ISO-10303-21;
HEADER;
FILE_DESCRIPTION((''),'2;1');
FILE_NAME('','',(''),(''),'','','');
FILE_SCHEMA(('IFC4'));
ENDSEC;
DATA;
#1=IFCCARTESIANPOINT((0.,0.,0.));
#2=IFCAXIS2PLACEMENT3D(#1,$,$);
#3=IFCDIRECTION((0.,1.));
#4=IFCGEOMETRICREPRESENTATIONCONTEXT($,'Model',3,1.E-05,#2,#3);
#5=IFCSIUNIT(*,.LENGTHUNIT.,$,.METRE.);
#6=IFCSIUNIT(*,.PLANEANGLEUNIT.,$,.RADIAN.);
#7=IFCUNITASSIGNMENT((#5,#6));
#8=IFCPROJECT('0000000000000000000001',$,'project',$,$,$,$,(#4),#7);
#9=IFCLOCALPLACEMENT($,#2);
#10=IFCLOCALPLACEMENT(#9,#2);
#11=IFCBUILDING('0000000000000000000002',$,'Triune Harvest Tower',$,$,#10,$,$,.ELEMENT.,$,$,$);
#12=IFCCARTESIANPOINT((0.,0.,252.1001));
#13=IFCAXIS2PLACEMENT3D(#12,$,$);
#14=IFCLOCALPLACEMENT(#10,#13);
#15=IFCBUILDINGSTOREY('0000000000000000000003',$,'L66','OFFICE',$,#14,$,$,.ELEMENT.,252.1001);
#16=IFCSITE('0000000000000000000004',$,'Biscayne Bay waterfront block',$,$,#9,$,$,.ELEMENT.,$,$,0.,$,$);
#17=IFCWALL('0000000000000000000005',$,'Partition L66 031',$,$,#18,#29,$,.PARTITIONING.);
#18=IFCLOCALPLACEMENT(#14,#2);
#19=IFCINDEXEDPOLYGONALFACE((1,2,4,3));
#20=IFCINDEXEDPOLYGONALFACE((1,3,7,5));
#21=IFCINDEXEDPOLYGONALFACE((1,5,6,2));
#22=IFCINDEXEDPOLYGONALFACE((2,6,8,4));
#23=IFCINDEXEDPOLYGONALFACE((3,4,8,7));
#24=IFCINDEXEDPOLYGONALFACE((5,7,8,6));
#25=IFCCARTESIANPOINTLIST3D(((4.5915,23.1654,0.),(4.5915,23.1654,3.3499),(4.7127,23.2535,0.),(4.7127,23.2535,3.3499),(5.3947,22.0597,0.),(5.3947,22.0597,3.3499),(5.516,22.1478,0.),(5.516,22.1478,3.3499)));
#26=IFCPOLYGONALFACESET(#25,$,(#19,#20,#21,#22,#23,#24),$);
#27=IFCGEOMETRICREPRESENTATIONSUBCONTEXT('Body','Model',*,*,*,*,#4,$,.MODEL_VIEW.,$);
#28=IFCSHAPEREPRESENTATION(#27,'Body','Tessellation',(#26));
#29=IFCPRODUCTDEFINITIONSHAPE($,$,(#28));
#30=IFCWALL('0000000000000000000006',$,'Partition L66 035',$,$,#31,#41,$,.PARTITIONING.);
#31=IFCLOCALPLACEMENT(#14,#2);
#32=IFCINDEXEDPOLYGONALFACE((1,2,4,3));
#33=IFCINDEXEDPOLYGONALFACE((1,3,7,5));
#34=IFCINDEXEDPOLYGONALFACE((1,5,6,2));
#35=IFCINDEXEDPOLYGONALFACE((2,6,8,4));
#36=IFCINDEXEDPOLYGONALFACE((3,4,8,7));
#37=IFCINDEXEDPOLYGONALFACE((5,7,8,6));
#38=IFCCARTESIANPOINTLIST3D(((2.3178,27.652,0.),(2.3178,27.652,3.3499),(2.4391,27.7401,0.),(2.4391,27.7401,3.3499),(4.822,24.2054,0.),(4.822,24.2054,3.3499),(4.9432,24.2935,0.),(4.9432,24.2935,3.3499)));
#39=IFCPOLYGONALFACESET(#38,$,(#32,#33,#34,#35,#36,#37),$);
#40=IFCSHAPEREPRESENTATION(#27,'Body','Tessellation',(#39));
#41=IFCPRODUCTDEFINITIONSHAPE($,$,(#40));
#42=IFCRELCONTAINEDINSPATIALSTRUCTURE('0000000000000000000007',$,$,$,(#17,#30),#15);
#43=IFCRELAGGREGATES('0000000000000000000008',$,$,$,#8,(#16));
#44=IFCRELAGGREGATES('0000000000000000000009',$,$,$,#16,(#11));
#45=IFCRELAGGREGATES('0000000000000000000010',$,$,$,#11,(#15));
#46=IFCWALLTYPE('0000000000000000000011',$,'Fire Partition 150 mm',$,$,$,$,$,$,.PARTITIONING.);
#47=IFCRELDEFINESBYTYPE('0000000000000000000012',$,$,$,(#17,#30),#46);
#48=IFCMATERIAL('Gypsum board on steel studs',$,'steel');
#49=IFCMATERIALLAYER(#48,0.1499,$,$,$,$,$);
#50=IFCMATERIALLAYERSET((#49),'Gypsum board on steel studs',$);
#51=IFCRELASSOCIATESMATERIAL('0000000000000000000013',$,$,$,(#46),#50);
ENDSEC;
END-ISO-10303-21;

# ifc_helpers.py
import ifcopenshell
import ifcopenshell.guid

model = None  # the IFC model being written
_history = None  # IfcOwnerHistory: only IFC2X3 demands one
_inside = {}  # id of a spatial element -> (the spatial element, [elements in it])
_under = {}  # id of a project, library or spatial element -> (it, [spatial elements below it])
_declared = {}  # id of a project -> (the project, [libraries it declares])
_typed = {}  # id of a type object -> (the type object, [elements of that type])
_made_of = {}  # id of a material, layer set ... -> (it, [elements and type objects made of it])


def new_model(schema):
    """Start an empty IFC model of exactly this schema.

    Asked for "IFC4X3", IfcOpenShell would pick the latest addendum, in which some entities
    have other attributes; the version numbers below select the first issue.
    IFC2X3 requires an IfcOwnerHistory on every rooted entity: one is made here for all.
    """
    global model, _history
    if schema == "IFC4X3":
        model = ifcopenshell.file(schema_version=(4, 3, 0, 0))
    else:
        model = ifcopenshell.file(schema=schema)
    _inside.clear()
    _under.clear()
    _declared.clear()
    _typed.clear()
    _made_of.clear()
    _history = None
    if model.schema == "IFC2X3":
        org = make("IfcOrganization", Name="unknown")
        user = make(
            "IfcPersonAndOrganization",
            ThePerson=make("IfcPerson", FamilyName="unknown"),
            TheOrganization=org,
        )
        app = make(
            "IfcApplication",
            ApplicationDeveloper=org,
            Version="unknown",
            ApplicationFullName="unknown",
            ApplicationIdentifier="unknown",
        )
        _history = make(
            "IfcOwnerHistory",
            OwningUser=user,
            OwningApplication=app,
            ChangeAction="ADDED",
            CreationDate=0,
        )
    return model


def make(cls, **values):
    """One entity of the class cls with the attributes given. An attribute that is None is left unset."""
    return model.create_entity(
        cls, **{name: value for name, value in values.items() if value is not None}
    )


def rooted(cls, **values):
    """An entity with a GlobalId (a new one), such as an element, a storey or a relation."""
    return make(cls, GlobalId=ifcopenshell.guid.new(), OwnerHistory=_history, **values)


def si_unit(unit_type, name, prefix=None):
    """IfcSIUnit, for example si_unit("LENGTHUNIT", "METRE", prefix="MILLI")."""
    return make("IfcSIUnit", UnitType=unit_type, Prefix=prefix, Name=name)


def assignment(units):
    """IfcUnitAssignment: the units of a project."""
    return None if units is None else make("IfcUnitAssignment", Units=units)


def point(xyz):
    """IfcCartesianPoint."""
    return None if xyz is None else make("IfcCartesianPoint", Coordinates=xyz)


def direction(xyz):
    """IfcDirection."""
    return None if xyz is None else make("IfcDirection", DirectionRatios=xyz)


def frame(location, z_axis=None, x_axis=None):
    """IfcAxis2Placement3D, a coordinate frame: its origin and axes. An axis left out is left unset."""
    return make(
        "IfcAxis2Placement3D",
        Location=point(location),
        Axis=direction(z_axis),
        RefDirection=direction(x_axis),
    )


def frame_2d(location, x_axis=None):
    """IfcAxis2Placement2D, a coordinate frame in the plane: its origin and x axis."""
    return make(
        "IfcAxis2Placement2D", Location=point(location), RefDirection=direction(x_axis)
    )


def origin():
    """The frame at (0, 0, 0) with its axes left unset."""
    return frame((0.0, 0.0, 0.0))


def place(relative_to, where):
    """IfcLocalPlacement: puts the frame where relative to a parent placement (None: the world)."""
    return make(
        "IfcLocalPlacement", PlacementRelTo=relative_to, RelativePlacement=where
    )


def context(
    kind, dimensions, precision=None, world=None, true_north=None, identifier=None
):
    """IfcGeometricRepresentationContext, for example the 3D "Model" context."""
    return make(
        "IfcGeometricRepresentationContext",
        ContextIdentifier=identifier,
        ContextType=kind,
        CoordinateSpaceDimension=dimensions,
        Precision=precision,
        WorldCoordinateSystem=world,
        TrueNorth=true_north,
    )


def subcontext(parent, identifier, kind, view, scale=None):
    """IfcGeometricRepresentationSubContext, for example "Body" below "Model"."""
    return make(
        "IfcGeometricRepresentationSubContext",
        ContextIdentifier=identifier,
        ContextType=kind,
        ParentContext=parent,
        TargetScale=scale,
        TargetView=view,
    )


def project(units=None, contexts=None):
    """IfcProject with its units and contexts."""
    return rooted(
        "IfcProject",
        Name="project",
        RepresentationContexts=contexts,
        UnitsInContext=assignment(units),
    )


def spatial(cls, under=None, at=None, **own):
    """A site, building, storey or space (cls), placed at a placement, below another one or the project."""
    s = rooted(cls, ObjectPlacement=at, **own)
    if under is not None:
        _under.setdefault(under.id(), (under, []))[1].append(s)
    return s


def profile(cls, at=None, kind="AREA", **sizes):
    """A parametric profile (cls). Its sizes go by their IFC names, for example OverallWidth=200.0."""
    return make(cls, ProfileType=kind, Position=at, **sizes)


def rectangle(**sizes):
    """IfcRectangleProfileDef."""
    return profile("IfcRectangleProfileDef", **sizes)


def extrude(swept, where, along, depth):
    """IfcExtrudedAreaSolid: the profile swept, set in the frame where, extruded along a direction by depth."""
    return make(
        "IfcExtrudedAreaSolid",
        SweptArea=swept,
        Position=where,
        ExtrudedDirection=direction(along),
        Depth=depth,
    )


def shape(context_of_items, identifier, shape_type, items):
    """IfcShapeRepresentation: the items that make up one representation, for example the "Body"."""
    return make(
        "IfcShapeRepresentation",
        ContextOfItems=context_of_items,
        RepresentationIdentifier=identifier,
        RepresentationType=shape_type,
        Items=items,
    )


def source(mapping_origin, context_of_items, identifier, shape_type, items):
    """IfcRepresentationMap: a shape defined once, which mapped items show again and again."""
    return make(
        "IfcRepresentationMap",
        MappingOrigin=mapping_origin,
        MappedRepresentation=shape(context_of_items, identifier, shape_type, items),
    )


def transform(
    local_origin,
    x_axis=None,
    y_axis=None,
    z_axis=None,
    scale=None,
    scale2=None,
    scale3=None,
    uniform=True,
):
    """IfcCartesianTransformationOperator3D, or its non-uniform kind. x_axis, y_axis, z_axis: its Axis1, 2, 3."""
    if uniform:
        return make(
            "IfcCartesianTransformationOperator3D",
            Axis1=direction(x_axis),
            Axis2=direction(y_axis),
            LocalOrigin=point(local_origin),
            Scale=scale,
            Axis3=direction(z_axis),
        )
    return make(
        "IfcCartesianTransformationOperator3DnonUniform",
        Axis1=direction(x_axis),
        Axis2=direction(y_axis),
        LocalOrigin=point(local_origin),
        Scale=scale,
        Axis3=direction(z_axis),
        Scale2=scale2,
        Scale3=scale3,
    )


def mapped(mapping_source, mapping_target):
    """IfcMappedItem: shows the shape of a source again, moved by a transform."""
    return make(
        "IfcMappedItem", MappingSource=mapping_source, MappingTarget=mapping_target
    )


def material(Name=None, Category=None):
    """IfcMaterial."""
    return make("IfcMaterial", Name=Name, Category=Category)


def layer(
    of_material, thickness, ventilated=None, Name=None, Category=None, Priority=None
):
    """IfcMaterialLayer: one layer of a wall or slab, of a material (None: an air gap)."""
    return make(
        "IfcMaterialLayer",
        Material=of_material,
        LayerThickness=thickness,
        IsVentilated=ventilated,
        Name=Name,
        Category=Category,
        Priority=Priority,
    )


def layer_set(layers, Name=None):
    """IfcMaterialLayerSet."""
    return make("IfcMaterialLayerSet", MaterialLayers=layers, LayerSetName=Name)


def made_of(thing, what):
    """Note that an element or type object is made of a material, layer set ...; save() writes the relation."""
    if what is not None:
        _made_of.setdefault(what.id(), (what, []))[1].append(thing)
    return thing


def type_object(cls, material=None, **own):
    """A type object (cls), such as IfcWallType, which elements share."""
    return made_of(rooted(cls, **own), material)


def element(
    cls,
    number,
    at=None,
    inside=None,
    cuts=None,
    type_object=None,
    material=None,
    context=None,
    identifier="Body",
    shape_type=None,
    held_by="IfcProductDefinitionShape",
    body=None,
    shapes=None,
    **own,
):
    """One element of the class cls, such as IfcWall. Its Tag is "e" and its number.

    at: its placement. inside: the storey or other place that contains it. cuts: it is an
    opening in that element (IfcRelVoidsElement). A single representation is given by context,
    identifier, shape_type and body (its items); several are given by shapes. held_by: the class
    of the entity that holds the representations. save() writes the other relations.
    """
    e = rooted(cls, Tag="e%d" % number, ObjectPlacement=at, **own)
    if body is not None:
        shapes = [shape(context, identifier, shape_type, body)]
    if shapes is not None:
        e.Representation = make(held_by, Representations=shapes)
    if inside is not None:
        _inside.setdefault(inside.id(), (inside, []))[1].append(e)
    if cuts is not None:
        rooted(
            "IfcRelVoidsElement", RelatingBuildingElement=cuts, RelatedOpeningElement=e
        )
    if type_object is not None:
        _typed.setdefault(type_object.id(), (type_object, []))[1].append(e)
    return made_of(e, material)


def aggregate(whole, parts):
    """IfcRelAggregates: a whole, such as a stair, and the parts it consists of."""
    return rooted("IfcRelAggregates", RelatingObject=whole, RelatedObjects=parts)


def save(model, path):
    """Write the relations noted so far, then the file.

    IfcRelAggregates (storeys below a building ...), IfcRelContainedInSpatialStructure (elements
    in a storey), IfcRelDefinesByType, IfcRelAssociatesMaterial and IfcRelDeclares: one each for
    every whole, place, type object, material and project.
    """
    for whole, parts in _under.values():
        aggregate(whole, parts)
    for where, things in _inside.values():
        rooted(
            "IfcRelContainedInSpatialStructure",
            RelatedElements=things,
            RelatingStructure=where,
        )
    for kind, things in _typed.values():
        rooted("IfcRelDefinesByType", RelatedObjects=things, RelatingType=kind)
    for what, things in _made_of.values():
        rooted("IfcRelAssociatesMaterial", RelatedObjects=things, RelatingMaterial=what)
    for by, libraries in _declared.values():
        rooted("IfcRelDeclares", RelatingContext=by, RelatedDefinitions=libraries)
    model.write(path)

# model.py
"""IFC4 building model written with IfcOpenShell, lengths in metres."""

from ifc_helpers import new_model, si_unit, direction, frame, frame_2d, origin, place, context, subcontext, project, spatial, rectangle, extrude, source, transform, mapped, material, layer, layer_set, type_object, element, save


model = new_model("IFC4")

# Units and contexts
model_context = context("Model", 3, precision=1e-05, world=origin(), true_north=direction((0.0, 1.0)))
body_context = subcontext(model_context, "Body", "Model", "MODEL_VIEW")
ifc_project = project(units=[si_unit("LENGTHUNIT", "METRE"), si_unit("PLANEANGLEUNIT", "RADIAN")], contexts=[model_context])

# Site, building, storey
site_placement = place(None, origin())
site = spatial("IfcSite", under=ifc_project, at=site_placement, Name="Biscayne Bay waterfront block", CompositionType="ELEMENT", RefElevation=0.0)
building_placement = place(site_placement, origin())
building = spatial("IfcBuilding", under=site, at=building_placement, Name="Triune Harvest Tower", CompositionType="ELEMENT")
storey_placement = place(building_placement, frame((0.0, 0.0, 252.1001)))
storey = spatial("IfcBuildingStorey", under=building, at=storey_placement, Name="L66", Description="OFFICE", CompositionType="ELEMENT", Elevation=252.1001)

# Shared definitions
ifc_material_1 = material(Name="Gypsum board on steel studs", Category="steel")
ifc_layer_1 = layer(ifc_material_1, 0.1499)
ifc_layer_set_1 = layer_set([ifc_layer_1], Name="Gypsum board on steel studs")
wall_type = type_object("IfcWallType", Name="Fire Partition 150 mm", PredefinedType="PARTITIONING", material=ifc_layer_set_1)

# Walls
shared_shape_1 = source(origin(), body_context, "Body", "SweptSolid", [
    extrude(rectangle(XDim=1.3667, YDim=0.1499, at=frame_2d((0.6833, 0.0))), origin(), (0.0, 0.0, 1.0), 3.3499),
])
wall_1_placement = place(storey_placement, frame((4.6521, 23.2095, 0.0), z_axis=(0.0, 0.0, 1.0), x_axis=(0.587725, -0.80906, 0.0)))
element("IfcWall", 1, at=wall_1_placement, inside=storey, type_object=wall_type, Name="Partition L66 031", PredefinedType="PARTITIONING", context=body_context, shape_type="MappedRepresentation", body=[
    mapped(shared_shape_1, transform((0.0, 0.0, 0.0), scale=1.0)),
])
shared_shape_2 = source(origin(), body_context, "Body", "SweptSolid", [
    extrude(rectangle(XDim=4.2603, YDim=0.1499, at=frame_2d((2.1301, 0.0))), origin(), (0.0, 0.0, 1.0), 3.3499),
])
wall_2_placement = place(storey_placement, frame((2.3784, 27.696, 0.0), z_axis=(0.0, 0.0, 1.0), x_axis=(0.5878, -0.809006, 0.0)))
element("IfcWall", 2, at=wall_2_placement, inside=storey, type_object=wall_type, Name="Partition L66 035", PredefinedType="PARTITIONING", context=body_context, shape_type="MappedRepresentation", body=[
    mapped(shared_shape_2, transform((0.0, 0.0, 0.0), scale=1.0)),
])

save(model, "model.ifc")
